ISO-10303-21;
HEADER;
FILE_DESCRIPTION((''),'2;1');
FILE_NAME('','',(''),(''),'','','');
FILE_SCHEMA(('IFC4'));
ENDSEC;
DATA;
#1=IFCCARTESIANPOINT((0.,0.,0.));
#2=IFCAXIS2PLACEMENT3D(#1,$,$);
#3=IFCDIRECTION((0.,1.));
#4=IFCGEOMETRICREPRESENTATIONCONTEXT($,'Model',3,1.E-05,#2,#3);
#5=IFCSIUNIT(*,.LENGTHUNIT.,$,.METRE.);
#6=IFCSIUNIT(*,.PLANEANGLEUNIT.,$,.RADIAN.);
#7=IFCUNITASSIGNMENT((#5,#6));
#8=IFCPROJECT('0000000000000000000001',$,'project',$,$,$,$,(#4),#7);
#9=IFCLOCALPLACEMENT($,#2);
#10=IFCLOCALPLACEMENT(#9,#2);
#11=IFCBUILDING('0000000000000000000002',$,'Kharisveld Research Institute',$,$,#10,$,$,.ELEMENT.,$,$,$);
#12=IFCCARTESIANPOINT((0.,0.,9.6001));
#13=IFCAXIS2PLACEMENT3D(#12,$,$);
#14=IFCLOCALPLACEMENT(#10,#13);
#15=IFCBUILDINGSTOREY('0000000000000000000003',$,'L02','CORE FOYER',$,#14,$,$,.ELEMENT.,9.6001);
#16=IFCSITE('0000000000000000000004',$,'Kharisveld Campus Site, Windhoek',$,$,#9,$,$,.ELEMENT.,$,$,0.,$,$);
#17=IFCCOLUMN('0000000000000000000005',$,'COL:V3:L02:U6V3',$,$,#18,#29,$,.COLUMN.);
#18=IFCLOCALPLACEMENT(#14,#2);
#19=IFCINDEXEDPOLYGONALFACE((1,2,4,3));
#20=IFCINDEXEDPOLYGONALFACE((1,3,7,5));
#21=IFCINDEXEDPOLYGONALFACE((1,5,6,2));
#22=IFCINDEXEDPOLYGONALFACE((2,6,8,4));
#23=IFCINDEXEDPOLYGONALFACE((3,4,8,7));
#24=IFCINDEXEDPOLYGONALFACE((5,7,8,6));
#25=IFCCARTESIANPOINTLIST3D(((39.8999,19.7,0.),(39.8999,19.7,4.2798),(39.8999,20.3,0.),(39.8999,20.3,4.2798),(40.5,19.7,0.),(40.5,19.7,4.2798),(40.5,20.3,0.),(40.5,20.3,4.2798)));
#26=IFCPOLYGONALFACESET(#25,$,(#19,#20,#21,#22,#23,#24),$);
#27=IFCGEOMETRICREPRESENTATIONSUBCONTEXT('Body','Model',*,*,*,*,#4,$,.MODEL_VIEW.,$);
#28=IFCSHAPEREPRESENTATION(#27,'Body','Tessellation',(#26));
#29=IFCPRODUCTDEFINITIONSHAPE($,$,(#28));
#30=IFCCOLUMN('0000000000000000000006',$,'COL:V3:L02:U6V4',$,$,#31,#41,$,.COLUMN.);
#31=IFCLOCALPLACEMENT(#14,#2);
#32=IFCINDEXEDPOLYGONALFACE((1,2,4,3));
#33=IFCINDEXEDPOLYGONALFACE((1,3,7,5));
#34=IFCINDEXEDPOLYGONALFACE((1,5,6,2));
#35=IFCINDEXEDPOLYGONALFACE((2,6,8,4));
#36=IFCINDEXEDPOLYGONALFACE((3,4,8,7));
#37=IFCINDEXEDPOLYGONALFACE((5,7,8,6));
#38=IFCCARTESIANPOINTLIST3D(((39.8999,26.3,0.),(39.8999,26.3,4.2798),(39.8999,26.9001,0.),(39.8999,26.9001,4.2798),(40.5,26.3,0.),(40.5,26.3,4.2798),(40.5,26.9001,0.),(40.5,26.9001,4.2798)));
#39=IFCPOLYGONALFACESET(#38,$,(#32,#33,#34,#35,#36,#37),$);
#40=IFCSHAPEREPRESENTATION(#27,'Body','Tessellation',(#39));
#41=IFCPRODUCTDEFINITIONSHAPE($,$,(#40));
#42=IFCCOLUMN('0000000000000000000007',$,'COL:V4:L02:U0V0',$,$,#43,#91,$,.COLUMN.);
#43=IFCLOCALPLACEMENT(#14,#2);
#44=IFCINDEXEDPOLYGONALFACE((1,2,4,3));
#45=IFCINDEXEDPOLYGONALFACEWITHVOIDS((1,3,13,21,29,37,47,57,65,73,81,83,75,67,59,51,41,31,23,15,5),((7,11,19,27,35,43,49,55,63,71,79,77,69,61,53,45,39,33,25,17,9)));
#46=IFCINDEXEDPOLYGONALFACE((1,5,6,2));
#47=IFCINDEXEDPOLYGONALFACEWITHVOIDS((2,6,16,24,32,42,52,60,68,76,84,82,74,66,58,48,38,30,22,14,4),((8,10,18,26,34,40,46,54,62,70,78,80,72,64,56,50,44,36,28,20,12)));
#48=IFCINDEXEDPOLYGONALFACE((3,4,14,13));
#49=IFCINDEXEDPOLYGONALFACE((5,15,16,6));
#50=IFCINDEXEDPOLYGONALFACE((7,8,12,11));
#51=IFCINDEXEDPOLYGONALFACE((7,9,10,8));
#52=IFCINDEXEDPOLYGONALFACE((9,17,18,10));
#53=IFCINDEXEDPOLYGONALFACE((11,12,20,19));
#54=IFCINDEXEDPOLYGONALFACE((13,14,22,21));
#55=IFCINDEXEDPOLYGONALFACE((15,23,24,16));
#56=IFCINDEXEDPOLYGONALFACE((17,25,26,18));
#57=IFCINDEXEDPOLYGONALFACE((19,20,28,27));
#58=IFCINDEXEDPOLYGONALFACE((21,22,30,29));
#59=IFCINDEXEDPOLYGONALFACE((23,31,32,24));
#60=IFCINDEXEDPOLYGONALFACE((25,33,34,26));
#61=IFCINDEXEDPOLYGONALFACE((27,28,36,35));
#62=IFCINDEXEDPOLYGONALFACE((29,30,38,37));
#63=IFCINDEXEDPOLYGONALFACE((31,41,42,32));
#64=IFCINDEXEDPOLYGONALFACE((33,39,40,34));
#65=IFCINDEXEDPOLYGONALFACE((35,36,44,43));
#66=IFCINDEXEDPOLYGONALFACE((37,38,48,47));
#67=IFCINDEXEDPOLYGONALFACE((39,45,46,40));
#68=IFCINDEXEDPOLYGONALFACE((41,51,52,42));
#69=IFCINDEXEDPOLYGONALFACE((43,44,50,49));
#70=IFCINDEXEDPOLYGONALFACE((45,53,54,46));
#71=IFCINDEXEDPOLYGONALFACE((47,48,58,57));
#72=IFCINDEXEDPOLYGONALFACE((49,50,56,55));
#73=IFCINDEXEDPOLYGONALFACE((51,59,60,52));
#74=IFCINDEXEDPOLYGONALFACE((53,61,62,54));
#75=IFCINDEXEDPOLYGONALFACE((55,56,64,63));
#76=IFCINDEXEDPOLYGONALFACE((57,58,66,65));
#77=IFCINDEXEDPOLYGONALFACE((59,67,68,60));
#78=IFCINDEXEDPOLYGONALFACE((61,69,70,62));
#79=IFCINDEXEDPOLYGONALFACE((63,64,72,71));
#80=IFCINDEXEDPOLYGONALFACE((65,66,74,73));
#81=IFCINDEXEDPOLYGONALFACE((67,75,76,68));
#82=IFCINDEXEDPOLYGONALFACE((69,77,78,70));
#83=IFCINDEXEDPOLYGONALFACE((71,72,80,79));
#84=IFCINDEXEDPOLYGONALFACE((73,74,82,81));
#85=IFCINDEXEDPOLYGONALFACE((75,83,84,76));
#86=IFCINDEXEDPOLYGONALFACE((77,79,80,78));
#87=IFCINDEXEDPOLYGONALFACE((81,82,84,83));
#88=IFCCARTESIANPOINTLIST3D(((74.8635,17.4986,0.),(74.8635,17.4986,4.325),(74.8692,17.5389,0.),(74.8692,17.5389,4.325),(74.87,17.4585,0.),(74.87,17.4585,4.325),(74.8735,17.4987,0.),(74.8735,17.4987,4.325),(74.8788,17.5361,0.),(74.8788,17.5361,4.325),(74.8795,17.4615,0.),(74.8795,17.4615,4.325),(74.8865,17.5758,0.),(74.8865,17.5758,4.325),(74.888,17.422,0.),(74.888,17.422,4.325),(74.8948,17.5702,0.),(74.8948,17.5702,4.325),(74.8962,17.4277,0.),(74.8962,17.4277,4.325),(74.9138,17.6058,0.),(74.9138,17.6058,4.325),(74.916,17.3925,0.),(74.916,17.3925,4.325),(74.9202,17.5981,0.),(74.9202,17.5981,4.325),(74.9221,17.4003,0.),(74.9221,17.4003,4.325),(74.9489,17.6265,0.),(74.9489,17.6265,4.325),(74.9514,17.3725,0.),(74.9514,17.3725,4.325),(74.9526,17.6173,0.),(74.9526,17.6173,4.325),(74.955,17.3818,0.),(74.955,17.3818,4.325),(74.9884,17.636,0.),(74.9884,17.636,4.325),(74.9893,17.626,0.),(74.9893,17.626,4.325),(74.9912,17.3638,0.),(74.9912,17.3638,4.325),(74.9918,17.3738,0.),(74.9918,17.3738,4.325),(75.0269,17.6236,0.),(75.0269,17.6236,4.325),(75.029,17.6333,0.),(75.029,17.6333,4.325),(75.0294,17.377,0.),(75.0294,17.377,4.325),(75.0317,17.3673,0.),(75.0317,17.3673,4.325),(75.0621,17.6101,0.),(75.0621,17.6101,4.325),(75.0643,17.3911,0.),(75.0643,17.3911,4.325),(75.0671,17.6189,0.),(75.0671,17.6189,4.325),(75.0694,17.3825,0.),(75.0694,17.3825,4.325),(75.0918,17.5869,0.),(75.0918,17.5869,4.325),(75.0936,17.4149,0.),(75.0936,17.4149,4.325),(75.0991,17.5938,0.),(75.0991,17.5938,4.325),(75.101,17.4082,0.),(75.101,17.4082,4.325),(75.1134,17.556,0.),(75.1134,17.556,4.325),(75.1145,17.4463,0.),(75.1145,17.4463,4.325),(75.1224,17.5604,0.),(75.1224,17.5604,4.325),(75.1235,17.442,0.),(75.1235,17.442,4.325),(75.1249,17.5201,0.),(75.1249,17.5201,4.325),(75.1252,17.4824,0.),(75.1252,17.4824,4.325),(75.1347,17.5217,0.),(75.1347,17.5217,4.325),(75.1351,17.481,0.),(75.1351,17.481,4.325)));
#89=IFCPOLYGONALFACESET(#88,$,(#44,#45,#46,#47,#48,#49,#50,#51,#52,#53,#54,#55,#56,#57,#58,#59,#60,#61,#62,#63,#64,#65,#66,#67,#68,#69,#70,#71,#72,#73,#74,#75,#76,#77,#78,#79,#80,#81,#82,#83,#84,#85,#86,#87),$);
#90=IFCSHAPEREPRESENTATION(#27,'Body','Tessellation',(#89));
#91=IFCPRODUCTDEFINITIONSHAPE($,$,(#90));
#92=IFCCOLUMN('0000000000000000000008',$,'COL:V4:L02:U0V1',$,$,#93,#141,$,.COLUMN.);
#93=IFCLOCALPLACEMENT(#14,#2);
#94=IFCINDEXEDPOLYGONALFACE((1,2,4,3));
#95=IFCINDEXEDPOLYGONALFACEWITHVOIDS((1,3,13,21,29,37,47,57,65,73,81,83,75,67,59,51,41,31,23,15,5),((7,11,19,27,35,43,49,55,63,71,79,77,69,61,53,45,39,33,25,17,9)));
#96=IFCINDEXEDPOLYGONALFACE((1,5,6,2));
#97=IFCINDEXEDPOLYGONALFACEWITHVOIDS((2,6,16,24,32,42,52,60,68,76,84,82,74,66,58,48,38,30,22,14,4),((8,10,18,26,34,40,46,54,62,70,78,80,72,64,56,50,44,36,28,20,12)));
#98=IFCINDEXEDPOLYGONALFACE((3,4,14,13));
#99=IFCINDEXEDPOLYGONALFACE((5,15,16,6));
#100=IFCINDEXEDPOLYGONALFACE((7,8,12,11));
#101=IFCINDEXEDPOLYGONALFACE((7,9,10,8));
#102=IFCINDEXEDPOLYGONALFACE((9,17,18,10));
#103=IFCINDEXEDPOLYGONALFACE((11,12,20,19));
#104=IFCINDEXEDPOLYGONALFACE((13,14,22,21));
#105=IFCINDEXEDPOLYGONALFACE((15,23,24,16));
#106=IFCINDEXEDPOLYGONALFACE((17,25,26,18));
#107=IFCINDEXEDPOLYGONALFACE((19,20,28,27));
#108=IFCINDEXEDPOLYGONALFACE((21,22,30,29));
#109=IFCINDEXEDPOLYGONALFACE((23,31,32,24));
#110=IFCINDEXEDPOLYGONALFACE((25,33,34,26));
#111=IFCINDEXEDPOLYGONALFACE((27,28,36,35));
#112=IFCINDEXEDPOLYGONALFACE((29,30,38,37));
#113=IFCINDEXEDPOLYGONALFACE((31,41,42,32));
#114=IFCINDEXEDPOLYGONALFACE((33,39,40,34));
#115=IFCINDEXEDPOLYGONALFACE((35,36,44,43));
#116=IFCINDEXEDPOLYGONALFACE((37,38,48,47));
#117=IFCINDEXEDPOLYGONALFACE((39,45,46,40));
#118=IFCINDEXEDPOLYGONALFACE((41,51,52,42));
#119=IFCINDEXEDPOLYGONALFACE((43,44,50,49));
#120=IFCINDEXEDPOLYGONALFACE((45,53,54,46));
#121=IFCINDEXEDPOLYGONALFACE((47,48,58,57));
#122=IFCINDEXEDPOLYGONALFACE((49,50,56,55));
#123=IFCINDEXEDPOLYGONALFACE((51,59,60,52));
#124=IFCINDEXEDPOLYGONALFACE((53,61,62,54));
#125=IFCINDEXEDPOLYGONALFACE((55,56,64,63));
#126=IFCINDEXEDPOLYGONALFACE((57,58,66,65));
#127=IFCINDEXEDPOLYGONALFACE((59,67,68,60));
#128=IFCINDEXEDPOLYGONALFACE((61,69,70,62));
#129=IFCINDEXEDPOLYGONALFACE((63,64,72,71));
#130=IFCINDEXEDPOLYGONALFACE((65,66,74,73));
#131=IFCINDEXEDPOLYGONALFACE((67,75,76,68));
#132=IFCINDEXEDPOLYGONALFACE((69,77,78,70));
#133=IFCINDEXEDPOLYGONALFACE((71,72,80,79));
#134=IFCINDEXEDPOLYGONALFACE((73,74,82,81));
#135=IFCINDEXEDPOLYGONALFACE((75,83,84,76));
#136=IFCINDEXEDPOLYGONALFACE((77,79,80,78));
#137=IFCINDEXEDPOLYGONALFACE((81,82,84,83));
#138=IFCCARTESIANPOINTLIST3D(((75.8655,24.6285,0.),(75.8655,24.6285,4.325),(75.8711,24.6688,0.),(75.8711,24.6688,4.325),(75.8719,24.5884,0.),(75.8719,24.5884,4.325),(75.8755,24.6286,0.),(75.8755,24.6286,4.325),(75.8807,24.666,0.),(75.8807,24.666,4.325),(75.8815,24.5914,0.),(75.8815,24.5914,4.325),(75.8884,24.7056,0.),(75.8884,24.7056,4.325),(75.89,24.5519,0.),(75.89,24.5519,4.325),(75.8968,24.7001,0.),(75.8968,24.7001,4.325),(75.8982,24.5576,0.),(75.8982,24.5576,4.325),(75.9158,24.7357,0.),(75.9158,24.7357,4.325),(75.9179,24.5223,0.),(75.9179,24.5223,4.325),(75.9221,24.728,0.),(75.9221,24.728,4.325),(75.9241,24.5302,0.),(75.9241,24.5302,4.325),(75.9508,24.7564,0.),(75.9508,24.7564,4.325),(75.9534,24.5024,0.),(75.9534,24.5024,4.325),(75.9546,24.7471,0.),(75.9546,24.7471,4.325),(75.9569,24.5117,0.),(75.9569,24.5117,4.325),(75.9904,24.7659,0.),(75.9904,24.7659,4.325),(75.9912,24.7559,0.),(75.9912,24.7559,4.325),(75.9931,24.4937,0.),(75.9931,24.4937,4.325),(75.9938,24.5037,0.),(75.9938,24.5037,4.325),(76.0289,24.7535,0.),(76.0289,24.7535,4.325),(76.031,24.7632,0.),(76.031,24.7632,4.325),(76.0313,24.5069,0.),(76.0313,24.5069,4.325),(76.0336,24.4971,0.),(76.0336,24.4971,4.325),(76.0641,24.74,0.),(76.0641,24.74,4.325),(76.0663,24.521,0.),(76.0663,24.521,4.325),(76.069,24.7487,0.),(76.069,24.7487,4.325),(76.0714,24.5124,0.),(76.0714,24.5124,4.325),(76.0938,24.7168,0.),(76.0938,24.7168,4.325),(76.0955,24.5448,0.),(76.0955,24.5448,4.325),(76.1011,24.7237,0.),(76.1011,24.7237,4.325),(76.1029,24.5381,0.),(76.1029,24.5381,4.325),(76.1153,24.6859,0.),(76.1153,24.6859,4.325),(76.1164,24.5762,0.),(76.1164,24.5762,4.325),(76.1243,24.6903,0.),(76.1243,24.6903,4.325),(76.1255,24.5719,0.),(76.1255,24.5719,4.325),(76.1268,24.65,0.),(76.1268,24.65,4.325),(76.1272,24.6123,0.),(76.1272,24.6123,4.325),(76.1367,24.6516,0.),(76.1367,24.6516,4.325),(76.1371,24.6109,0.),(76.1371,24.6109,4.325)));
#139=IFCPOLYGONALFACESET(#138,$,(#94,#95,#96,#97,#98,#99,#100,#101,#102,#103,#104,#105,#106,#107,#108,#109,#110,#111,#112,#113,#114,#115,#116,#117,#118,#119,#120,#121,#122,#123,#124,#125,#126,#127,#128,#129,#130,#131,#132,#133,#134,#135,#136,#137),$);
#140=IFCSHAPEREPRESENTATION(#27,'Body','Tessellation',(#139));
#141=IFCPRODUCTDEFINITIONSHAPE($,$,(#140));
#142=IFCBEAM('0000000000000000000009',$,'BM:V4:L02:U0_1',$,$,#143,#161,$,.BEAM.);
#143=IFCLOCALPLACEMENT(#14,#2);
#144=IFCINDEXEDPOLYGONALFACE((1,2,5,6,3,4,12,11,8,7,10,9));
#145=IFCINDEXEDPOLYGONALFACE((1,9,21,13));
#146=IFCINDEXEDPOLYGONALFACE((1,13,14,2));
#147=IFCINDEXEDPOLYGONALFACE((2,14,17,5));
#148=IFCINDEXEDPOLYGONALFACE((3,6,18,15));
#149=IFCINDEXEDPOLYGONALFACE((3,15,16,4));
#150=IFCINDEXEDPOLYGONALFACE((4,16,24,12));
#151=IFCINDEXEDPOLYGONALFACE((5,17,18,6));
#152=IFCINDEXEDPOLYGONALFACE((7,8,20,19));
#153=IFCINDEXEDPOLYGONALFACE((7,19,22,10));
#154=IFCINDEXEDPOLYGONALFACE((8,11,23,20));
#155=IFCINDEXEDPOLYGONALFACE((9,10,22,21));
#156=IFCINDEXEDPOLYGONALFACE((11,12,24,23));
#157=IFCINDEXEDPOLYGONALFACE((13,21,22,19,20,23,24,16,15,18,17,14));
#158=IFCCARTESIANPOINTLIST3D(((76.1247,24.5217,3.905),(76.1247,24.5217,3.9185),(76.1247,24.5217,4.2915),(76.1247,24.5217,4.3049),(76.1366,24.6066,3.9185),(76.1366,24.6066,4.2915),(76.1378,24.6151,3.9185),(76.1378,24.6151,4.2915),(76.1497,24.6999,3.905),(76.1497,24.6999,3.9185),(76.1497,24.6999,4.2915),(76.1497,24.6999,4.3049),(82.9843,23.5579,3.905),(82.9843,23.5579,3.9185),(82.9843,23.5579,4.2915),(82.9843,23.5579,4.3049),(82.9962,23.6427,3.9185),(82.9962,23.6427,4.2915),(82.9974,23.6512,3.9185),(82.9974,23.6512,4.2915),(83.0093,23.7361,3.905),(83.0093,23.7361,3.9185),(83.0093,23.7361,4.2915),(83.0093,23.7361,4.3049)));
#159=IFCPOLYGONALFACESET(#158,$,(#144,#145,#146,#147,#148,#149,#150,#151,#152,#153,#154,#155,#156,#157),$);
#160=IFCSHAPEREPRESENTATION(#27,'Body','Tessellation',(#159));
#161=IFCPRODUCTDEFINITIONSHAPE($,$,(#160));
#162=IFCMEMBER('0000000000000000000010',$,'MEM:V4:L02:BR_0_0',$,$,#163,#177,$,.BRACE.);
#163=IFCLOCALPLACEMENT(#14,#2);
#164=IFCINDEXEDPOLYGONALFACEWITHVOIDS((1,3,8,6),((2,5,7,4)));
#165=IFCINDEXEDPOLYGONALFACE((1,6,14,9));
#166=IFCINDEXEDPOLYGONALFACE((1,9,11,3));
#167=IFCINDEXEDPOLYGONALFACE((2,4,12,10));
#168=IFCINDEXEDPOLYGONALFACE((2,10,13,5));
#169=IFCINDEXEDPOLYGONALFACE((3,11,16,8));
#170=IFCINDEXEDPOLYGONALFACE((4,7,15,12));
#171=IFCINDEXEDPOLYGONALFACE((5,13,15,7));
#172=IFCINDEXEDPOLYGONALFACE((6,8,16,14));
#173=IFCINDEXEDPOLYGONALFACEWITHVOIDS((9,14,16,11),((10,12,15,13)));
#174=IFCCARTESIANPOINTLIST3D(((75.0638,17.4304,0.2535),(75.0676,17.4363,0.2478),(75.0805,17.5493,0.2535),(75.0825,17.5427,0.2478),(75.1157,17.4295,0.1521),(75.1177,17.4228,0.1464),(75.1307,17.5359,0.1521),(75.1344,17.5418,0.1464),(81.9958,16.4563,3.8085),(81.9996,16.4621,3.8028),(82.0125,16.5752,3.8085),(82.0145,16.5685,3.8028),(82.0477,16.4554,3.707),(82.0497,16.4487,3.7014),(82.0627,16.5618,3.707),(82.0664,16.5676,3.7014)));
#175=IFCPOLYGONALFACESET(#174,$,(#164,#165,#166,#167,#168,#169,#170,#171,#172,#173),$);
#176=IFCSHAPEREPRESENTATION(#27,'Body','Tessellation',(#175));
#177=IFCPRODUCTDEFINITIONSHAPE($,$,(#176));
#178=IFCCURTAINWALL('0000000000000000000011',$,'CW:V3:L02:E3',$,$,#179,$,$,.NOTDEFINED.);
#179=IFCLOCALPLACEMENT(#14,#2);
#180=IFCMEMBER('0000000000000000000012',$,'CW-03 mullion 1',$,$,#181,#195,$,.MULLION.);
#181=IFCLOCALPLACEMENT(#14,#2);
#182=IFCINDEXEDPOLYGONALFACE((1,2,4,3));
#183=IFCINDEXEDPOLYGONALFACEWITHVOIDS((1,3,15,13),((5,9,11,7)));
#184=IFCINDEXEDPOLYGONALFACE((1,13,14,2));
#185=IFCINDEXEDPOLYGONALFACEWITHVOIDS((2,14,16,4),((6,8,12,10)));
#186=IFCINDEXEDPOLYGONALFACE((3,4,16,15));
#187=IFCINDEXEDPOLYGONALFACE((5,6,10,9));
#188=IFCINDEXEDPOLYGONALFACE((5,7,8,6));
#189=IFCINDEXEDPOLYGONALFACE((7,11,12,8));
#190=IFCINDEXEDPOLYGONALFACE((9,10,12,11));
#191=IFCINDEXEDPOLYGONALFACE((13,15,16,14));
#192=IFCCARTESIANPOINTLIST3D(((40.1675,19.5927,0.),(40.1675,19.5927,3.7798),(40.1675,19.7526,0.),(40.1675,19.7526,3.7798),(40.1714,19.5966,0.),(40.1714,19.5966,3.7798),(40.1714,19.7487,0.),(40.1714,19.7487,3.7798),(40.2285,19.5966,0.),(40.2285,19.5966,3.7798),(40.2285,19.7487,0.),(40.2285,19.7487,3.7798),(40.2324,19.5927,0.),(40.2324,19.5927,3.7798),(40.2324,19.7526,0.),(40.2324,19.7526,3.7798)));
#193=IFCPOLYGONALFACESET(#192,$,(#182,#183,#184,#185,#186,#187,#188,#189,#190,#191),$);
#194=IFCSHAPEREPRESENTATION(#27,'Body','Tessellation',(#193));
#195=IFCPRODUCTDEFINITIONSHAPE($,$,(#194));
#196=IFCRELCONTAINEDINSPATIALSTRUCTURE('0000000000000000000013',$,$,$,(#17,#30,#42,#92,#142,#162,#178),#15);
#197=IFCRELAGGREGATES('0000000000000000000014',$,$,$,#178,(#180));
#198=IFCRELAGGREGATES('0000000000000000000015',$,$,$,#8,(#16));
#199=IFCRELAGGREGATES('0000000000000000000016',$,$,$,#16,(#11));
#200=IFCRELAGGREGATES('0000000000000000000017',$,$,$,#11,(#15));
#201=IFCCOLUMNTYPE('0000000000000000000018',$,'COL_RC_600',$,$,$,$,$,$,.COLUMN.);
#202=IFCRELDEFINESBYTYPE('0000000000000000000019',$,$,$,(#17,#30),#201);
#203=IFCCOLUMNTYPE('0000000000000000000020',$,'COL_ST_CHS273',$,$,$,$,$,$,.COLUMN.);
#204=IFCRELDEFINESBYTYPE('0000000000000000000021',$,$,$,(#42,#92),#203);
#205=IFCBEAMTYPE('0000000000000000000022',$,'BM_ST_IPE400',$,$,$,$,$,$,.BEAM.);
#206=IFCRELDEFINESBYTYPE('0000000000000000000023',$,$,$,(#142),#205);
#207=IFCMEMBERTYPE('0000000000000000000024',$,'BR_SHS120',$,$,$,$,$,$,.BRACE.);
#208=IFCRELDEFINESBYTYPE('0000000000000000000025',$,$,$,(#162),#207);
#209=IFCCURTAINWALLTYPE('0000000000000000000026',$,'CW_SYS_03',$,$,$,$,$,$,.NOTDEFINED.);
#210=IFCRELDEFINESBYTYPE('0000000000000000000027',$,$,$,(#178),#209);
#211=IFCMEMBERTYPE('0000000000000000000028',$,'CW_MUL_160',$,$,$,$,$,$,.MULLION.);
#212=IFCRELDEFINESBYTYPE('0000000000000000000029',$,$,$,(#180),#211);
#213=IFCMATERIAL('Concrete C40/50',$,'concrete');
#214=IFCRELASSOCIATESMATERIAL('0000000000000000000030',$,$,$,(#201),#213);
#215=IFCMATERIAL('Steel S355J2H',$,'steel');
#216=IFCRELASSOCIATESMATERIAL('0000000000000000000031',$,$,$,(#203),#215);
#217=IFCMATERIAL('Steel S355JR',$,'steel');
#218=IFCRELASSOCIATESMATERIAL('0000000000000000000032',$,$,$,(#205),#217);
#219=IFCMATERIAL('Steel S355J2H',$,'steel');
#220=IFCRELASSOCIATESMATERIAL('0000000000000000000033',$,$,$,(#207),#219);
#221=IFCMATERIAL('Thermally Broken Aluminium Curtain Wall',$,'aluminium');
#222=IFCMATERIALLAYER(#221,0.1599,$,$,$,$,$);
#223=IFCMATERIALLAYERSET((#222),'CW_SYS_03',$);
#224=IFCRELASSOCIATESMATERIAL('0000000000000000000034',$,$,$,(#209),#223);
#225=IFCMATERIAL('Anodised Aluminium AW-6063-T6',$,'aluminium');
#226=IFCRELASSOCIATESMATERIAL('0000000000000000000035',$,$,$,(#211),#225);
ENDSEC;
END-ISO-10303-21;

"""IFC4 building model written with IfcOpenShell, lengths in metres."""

from ifc_helpers import new_model, si_unit, direction, frame, origin, origin_2d, place, context, subcontext, project, spatial, rectangle, hollow_rectangle, hollow_circle, i_section, extrude, material, layer, layer_set, material_profile, profile_set, type_object, element, aggregate, save


model = new_model("IFC4")

# Units and contexts
model_context = context("Model", 3, precision=1e-05, world=origin(), true_north=direction((0.0, 1.0)))
body_context = subcontext(model_context, "Body", "Model", "MODEL_VIEW")
ifc_project = project(units=[si_unit("LENGTHUNIT", "METRE"), si_unit("PLANEANGLEUNIT", "RADIAN")], contexts=[model_context])

# Site, building, storey
site_placement = place(None, origin())
site = spatial("IfcSite", under=ifc_project, at=site_placement, Name="Kharisveld Campus Site, Windhoek", CompositionType="ELEMENT", RefElevation=0.0)
building_placement = place(site_placement, origin())
building = spatial("IfcBuilding", under=site, at=building_placement, Name="Kharisveld Research Institute", CompositionType="ELEMENT")
storey_placement = place(building_placement, frame((0.0, 0.0, 9.6001)))
storey = spatial("IfcBuildingStorey", under=building, at=storey_placement, Name="L02", Description="CORE FOYER", CompositionType="ELEMENT", Elevation=9.6001)

# Columns
ifc_material_1 = material(Name="Concrete C40/50", Category="concrete")
ifc_material_profile_1 = material_profile(ifc_material_1, rectangle(XDim=0.6001, YDim=0.6001, at=origin_2d()))
ifc_profile_set_1 = profile_set([ifc_material_profile_1], Name="Concrete C40/50")
column_type_1 = type_object("IfcColumnType", Name="COL_RC_600", PredefinedType="COLUMN", material=ifc_profile_set_1)
for number, where, z_axis, x_axis, name in (
    (1, (40.2, 20.0, 0.0), (0.0, 0.0, 1.0), (1.0, 0.0, 0.0), "COL:V3:L02:U6V3"),
    (2, (40.2, 26.6001, 0.0), (0.0, 0.0, 1.0), (1.0, 0.0, 0.0), "COL:V3:L02:U6V4"),
):
    element("IfcColumn", number, at=place(storey_placement, frame(where, z_axis=z_axis, x_axis=x_axis)), inside=storey, type_object=column_type_1, Name=name, PredefinedType="COLUMN", context=body_context, shape_type="SweptSolid", body=[
        extrude(rectangle(XDim=0.6001, YDim=0.6001, at=origin_2d()), origin(), (0.0, 0.0, 1.0), 4.2798),
    ])
ifc_material_2 = material(Name="Steel S355J2H", Category="steel")
ifc_material_profile_2 = material_profile(ifc_material_2, hollow_circle(Radius=0.1365, WallThickness=0.01, at=origin_2d()))
ifc_profile_set_2 = profile_set([ifc_material_profile_2], Name="Steel S355J2H")
column_type_2 = type_object("IfcColumnType", Name="COL_ST_CHS273", PredefinedType="COLUMN", material=ifc_profile_set_2)
for number, where, z_axis, x_axis, name in (
    (3, (75.0, 17.5, 0.0), (0.0, 0.0, 1.0), (0.990268, -0.139173, 0.0), "COL:V4:L02:U0V0"),
    (4, (76.002, 24.6299, 0.0), (0.0, 0.0, 1.0), (0.990268, -0.139173, 0.0), "COL:V4:L02:U0V1"),
):
    element("IfcColumn", number, at=place(storey_placement, frame(where, z_axis=z_axis, x_axis=x_axis)), inside=storey, type_object=column_type_2, Name=name, PredefinedType="COLUMN", context=body_context, shape_type="SweptSolid", body=[
        extrude(hollow_circle(Radius=0.1365, WallThickness=0.01, at=origin_2d()), origin(), (0.0, 0.0, 1.0), 4.325),
    ])

# Beam
ifc_material_3 = material(Name="Steel S355JR", Category="steel")
ifc_material_profile_3 = material_profile(ifc_material_3, i_section(OverallWidth=0.1799, OverallDepth=0.3999, WebThickness=0.0085, FlangeThickness=0.0134, at=origin_2d()))
ifc_profile_set_3 = profile_set([ifc_material_profile_3], Name="Steel S355JR")
beam_type_1 = type_object("IfcBeamType", Name="BM_ST_IPE400", PredefinedType="BEAM", material=ifc_profile_set_3)
beam_1_placement = place(storey_placement, frame((76.1372, 24.6108, 4.105), z_axis=(0.990272, -0.139146, 0.0), x_axis=(0.139146, 0.990272, 0.0)))
element("IfcBeam", 5, at=beam_1_placement, inside=storey, type_object=beam_type_1, Name="BM:V4:L02:U0_1", PredefinedType="BEAM", context=body_context, shape_type="SweptSolid", body=[
    extrude(i_section(OverallWidth=0.1799, OverallDepth=0.3999, WebThickness=0.0085, FlangeThickness=0.0134, at=origin_2d()), origin(), (0.0, 0.0, 1.0), 6.927),
])

# Member
ifc_material_4 = material(Name="Steel S355J2H", Category="steel")
ifc_material_profile_4 = material_profile(ifc_material_4, hollow_rectangle(XDim=0.1201, YDim=0.1201, WallThickness=0.0063, at=origin_2d()))
ifc_profile_set_4 = profile_set([ifc_material_profile_4], Name="Steel S355J2H")
member_type_1 = type_object("IfcMemberType", Name="BR_SHS120", PredefinedType="BRACE", material=ifc_profile_set_4)
member_1_placement = place(storey_placement, frame((75.0991, 17.4861, 0.2), z_axis=(0.882935, -0.124077, 0.452803), x_axis=(0.13916, 0.99027, 0.0)))
element("IfcMember", 6, at=member_1_placement, inside=storey, type_object=member_type_1, Name="MEM:V4:L02:BR_0_0", PredefinedType="BRACE", context=body_context, shape_type="SweptSolid", body=[
    extrude(hollow_rectangle(XDim=0.1201, YDim=0.1201, WallThickness=0.0063, at=origin_2d()), origin(), (0.0, 0.0, 1.0), 7.8511),
])

# Curtain wall, member
ifc_material_5 = material(Name="Thermally Broken Aluminium Curtain Wall", Category="aluminium")
ifc_layer_1 = layer(ifc_material_5, 0.1599)
ifc_layer_set_1 = layer_set([ifc_layer_1], Name="CW_SYS_03")
curtain_wall_type = type_object("IfcCurtainWallType", Name="CW_SYS_03", PredefinedType="NOTDEFINED", material=ifc_layer_set_1)
curtain_wall_1_placement = place(storey_placement, origin())
curtain_wall_1 = element("IfcCurtainWall", 7, at=curtain_wall_1_placement, inside=storey, type_object=curtain_wall_type, Name="CW:V3:L02:E3", PredefinedType="NOTDEFINED")
ifc_material_6 = material(Name="Anodised Aluminium AW-6063-T6", Category="aluminium")
ifc_material_profile_5 = material_profile(ifc_material_6, hollow_rectangle(XDim=0.0649, YDim=0.1599, WallThickness=0.0039, at=origin_2d()))
ifc_profile_set_5 = profile_set([ifc_material_profile_5], Name="Anodised Aluminium AW-6063-T6")
member_type_2 = type_object("IfcMemberType", Name="CW_MUL_160", PredefinedType="MULLION", material=ifc_profile_set_5)
member_2_placement = place(storey_placement, frame((40.2, 19.6726, 0.0), z_axis=(0.0, 0.0, 1.0), x_axis=(1.0, 0.0, 0.0)))
member_2 = element("IfcMember", 8, at=member_2_placement, type_object=member_type_2, Name="CW-03 mullion 1", PredefinedType="MULLION", context=body_context, shape_type="SweptSolid", body=[
    extrude(hollow_rectangle(XDim=0.0649, YDim=0.1599, WallThickness=0.0039, at=origin_2d()), origin(), (0.0, 0.0, 1.0), 3.7798),
])

aggregate(curtain_wall_1, [member_2])

save(model, "model.ifc")
